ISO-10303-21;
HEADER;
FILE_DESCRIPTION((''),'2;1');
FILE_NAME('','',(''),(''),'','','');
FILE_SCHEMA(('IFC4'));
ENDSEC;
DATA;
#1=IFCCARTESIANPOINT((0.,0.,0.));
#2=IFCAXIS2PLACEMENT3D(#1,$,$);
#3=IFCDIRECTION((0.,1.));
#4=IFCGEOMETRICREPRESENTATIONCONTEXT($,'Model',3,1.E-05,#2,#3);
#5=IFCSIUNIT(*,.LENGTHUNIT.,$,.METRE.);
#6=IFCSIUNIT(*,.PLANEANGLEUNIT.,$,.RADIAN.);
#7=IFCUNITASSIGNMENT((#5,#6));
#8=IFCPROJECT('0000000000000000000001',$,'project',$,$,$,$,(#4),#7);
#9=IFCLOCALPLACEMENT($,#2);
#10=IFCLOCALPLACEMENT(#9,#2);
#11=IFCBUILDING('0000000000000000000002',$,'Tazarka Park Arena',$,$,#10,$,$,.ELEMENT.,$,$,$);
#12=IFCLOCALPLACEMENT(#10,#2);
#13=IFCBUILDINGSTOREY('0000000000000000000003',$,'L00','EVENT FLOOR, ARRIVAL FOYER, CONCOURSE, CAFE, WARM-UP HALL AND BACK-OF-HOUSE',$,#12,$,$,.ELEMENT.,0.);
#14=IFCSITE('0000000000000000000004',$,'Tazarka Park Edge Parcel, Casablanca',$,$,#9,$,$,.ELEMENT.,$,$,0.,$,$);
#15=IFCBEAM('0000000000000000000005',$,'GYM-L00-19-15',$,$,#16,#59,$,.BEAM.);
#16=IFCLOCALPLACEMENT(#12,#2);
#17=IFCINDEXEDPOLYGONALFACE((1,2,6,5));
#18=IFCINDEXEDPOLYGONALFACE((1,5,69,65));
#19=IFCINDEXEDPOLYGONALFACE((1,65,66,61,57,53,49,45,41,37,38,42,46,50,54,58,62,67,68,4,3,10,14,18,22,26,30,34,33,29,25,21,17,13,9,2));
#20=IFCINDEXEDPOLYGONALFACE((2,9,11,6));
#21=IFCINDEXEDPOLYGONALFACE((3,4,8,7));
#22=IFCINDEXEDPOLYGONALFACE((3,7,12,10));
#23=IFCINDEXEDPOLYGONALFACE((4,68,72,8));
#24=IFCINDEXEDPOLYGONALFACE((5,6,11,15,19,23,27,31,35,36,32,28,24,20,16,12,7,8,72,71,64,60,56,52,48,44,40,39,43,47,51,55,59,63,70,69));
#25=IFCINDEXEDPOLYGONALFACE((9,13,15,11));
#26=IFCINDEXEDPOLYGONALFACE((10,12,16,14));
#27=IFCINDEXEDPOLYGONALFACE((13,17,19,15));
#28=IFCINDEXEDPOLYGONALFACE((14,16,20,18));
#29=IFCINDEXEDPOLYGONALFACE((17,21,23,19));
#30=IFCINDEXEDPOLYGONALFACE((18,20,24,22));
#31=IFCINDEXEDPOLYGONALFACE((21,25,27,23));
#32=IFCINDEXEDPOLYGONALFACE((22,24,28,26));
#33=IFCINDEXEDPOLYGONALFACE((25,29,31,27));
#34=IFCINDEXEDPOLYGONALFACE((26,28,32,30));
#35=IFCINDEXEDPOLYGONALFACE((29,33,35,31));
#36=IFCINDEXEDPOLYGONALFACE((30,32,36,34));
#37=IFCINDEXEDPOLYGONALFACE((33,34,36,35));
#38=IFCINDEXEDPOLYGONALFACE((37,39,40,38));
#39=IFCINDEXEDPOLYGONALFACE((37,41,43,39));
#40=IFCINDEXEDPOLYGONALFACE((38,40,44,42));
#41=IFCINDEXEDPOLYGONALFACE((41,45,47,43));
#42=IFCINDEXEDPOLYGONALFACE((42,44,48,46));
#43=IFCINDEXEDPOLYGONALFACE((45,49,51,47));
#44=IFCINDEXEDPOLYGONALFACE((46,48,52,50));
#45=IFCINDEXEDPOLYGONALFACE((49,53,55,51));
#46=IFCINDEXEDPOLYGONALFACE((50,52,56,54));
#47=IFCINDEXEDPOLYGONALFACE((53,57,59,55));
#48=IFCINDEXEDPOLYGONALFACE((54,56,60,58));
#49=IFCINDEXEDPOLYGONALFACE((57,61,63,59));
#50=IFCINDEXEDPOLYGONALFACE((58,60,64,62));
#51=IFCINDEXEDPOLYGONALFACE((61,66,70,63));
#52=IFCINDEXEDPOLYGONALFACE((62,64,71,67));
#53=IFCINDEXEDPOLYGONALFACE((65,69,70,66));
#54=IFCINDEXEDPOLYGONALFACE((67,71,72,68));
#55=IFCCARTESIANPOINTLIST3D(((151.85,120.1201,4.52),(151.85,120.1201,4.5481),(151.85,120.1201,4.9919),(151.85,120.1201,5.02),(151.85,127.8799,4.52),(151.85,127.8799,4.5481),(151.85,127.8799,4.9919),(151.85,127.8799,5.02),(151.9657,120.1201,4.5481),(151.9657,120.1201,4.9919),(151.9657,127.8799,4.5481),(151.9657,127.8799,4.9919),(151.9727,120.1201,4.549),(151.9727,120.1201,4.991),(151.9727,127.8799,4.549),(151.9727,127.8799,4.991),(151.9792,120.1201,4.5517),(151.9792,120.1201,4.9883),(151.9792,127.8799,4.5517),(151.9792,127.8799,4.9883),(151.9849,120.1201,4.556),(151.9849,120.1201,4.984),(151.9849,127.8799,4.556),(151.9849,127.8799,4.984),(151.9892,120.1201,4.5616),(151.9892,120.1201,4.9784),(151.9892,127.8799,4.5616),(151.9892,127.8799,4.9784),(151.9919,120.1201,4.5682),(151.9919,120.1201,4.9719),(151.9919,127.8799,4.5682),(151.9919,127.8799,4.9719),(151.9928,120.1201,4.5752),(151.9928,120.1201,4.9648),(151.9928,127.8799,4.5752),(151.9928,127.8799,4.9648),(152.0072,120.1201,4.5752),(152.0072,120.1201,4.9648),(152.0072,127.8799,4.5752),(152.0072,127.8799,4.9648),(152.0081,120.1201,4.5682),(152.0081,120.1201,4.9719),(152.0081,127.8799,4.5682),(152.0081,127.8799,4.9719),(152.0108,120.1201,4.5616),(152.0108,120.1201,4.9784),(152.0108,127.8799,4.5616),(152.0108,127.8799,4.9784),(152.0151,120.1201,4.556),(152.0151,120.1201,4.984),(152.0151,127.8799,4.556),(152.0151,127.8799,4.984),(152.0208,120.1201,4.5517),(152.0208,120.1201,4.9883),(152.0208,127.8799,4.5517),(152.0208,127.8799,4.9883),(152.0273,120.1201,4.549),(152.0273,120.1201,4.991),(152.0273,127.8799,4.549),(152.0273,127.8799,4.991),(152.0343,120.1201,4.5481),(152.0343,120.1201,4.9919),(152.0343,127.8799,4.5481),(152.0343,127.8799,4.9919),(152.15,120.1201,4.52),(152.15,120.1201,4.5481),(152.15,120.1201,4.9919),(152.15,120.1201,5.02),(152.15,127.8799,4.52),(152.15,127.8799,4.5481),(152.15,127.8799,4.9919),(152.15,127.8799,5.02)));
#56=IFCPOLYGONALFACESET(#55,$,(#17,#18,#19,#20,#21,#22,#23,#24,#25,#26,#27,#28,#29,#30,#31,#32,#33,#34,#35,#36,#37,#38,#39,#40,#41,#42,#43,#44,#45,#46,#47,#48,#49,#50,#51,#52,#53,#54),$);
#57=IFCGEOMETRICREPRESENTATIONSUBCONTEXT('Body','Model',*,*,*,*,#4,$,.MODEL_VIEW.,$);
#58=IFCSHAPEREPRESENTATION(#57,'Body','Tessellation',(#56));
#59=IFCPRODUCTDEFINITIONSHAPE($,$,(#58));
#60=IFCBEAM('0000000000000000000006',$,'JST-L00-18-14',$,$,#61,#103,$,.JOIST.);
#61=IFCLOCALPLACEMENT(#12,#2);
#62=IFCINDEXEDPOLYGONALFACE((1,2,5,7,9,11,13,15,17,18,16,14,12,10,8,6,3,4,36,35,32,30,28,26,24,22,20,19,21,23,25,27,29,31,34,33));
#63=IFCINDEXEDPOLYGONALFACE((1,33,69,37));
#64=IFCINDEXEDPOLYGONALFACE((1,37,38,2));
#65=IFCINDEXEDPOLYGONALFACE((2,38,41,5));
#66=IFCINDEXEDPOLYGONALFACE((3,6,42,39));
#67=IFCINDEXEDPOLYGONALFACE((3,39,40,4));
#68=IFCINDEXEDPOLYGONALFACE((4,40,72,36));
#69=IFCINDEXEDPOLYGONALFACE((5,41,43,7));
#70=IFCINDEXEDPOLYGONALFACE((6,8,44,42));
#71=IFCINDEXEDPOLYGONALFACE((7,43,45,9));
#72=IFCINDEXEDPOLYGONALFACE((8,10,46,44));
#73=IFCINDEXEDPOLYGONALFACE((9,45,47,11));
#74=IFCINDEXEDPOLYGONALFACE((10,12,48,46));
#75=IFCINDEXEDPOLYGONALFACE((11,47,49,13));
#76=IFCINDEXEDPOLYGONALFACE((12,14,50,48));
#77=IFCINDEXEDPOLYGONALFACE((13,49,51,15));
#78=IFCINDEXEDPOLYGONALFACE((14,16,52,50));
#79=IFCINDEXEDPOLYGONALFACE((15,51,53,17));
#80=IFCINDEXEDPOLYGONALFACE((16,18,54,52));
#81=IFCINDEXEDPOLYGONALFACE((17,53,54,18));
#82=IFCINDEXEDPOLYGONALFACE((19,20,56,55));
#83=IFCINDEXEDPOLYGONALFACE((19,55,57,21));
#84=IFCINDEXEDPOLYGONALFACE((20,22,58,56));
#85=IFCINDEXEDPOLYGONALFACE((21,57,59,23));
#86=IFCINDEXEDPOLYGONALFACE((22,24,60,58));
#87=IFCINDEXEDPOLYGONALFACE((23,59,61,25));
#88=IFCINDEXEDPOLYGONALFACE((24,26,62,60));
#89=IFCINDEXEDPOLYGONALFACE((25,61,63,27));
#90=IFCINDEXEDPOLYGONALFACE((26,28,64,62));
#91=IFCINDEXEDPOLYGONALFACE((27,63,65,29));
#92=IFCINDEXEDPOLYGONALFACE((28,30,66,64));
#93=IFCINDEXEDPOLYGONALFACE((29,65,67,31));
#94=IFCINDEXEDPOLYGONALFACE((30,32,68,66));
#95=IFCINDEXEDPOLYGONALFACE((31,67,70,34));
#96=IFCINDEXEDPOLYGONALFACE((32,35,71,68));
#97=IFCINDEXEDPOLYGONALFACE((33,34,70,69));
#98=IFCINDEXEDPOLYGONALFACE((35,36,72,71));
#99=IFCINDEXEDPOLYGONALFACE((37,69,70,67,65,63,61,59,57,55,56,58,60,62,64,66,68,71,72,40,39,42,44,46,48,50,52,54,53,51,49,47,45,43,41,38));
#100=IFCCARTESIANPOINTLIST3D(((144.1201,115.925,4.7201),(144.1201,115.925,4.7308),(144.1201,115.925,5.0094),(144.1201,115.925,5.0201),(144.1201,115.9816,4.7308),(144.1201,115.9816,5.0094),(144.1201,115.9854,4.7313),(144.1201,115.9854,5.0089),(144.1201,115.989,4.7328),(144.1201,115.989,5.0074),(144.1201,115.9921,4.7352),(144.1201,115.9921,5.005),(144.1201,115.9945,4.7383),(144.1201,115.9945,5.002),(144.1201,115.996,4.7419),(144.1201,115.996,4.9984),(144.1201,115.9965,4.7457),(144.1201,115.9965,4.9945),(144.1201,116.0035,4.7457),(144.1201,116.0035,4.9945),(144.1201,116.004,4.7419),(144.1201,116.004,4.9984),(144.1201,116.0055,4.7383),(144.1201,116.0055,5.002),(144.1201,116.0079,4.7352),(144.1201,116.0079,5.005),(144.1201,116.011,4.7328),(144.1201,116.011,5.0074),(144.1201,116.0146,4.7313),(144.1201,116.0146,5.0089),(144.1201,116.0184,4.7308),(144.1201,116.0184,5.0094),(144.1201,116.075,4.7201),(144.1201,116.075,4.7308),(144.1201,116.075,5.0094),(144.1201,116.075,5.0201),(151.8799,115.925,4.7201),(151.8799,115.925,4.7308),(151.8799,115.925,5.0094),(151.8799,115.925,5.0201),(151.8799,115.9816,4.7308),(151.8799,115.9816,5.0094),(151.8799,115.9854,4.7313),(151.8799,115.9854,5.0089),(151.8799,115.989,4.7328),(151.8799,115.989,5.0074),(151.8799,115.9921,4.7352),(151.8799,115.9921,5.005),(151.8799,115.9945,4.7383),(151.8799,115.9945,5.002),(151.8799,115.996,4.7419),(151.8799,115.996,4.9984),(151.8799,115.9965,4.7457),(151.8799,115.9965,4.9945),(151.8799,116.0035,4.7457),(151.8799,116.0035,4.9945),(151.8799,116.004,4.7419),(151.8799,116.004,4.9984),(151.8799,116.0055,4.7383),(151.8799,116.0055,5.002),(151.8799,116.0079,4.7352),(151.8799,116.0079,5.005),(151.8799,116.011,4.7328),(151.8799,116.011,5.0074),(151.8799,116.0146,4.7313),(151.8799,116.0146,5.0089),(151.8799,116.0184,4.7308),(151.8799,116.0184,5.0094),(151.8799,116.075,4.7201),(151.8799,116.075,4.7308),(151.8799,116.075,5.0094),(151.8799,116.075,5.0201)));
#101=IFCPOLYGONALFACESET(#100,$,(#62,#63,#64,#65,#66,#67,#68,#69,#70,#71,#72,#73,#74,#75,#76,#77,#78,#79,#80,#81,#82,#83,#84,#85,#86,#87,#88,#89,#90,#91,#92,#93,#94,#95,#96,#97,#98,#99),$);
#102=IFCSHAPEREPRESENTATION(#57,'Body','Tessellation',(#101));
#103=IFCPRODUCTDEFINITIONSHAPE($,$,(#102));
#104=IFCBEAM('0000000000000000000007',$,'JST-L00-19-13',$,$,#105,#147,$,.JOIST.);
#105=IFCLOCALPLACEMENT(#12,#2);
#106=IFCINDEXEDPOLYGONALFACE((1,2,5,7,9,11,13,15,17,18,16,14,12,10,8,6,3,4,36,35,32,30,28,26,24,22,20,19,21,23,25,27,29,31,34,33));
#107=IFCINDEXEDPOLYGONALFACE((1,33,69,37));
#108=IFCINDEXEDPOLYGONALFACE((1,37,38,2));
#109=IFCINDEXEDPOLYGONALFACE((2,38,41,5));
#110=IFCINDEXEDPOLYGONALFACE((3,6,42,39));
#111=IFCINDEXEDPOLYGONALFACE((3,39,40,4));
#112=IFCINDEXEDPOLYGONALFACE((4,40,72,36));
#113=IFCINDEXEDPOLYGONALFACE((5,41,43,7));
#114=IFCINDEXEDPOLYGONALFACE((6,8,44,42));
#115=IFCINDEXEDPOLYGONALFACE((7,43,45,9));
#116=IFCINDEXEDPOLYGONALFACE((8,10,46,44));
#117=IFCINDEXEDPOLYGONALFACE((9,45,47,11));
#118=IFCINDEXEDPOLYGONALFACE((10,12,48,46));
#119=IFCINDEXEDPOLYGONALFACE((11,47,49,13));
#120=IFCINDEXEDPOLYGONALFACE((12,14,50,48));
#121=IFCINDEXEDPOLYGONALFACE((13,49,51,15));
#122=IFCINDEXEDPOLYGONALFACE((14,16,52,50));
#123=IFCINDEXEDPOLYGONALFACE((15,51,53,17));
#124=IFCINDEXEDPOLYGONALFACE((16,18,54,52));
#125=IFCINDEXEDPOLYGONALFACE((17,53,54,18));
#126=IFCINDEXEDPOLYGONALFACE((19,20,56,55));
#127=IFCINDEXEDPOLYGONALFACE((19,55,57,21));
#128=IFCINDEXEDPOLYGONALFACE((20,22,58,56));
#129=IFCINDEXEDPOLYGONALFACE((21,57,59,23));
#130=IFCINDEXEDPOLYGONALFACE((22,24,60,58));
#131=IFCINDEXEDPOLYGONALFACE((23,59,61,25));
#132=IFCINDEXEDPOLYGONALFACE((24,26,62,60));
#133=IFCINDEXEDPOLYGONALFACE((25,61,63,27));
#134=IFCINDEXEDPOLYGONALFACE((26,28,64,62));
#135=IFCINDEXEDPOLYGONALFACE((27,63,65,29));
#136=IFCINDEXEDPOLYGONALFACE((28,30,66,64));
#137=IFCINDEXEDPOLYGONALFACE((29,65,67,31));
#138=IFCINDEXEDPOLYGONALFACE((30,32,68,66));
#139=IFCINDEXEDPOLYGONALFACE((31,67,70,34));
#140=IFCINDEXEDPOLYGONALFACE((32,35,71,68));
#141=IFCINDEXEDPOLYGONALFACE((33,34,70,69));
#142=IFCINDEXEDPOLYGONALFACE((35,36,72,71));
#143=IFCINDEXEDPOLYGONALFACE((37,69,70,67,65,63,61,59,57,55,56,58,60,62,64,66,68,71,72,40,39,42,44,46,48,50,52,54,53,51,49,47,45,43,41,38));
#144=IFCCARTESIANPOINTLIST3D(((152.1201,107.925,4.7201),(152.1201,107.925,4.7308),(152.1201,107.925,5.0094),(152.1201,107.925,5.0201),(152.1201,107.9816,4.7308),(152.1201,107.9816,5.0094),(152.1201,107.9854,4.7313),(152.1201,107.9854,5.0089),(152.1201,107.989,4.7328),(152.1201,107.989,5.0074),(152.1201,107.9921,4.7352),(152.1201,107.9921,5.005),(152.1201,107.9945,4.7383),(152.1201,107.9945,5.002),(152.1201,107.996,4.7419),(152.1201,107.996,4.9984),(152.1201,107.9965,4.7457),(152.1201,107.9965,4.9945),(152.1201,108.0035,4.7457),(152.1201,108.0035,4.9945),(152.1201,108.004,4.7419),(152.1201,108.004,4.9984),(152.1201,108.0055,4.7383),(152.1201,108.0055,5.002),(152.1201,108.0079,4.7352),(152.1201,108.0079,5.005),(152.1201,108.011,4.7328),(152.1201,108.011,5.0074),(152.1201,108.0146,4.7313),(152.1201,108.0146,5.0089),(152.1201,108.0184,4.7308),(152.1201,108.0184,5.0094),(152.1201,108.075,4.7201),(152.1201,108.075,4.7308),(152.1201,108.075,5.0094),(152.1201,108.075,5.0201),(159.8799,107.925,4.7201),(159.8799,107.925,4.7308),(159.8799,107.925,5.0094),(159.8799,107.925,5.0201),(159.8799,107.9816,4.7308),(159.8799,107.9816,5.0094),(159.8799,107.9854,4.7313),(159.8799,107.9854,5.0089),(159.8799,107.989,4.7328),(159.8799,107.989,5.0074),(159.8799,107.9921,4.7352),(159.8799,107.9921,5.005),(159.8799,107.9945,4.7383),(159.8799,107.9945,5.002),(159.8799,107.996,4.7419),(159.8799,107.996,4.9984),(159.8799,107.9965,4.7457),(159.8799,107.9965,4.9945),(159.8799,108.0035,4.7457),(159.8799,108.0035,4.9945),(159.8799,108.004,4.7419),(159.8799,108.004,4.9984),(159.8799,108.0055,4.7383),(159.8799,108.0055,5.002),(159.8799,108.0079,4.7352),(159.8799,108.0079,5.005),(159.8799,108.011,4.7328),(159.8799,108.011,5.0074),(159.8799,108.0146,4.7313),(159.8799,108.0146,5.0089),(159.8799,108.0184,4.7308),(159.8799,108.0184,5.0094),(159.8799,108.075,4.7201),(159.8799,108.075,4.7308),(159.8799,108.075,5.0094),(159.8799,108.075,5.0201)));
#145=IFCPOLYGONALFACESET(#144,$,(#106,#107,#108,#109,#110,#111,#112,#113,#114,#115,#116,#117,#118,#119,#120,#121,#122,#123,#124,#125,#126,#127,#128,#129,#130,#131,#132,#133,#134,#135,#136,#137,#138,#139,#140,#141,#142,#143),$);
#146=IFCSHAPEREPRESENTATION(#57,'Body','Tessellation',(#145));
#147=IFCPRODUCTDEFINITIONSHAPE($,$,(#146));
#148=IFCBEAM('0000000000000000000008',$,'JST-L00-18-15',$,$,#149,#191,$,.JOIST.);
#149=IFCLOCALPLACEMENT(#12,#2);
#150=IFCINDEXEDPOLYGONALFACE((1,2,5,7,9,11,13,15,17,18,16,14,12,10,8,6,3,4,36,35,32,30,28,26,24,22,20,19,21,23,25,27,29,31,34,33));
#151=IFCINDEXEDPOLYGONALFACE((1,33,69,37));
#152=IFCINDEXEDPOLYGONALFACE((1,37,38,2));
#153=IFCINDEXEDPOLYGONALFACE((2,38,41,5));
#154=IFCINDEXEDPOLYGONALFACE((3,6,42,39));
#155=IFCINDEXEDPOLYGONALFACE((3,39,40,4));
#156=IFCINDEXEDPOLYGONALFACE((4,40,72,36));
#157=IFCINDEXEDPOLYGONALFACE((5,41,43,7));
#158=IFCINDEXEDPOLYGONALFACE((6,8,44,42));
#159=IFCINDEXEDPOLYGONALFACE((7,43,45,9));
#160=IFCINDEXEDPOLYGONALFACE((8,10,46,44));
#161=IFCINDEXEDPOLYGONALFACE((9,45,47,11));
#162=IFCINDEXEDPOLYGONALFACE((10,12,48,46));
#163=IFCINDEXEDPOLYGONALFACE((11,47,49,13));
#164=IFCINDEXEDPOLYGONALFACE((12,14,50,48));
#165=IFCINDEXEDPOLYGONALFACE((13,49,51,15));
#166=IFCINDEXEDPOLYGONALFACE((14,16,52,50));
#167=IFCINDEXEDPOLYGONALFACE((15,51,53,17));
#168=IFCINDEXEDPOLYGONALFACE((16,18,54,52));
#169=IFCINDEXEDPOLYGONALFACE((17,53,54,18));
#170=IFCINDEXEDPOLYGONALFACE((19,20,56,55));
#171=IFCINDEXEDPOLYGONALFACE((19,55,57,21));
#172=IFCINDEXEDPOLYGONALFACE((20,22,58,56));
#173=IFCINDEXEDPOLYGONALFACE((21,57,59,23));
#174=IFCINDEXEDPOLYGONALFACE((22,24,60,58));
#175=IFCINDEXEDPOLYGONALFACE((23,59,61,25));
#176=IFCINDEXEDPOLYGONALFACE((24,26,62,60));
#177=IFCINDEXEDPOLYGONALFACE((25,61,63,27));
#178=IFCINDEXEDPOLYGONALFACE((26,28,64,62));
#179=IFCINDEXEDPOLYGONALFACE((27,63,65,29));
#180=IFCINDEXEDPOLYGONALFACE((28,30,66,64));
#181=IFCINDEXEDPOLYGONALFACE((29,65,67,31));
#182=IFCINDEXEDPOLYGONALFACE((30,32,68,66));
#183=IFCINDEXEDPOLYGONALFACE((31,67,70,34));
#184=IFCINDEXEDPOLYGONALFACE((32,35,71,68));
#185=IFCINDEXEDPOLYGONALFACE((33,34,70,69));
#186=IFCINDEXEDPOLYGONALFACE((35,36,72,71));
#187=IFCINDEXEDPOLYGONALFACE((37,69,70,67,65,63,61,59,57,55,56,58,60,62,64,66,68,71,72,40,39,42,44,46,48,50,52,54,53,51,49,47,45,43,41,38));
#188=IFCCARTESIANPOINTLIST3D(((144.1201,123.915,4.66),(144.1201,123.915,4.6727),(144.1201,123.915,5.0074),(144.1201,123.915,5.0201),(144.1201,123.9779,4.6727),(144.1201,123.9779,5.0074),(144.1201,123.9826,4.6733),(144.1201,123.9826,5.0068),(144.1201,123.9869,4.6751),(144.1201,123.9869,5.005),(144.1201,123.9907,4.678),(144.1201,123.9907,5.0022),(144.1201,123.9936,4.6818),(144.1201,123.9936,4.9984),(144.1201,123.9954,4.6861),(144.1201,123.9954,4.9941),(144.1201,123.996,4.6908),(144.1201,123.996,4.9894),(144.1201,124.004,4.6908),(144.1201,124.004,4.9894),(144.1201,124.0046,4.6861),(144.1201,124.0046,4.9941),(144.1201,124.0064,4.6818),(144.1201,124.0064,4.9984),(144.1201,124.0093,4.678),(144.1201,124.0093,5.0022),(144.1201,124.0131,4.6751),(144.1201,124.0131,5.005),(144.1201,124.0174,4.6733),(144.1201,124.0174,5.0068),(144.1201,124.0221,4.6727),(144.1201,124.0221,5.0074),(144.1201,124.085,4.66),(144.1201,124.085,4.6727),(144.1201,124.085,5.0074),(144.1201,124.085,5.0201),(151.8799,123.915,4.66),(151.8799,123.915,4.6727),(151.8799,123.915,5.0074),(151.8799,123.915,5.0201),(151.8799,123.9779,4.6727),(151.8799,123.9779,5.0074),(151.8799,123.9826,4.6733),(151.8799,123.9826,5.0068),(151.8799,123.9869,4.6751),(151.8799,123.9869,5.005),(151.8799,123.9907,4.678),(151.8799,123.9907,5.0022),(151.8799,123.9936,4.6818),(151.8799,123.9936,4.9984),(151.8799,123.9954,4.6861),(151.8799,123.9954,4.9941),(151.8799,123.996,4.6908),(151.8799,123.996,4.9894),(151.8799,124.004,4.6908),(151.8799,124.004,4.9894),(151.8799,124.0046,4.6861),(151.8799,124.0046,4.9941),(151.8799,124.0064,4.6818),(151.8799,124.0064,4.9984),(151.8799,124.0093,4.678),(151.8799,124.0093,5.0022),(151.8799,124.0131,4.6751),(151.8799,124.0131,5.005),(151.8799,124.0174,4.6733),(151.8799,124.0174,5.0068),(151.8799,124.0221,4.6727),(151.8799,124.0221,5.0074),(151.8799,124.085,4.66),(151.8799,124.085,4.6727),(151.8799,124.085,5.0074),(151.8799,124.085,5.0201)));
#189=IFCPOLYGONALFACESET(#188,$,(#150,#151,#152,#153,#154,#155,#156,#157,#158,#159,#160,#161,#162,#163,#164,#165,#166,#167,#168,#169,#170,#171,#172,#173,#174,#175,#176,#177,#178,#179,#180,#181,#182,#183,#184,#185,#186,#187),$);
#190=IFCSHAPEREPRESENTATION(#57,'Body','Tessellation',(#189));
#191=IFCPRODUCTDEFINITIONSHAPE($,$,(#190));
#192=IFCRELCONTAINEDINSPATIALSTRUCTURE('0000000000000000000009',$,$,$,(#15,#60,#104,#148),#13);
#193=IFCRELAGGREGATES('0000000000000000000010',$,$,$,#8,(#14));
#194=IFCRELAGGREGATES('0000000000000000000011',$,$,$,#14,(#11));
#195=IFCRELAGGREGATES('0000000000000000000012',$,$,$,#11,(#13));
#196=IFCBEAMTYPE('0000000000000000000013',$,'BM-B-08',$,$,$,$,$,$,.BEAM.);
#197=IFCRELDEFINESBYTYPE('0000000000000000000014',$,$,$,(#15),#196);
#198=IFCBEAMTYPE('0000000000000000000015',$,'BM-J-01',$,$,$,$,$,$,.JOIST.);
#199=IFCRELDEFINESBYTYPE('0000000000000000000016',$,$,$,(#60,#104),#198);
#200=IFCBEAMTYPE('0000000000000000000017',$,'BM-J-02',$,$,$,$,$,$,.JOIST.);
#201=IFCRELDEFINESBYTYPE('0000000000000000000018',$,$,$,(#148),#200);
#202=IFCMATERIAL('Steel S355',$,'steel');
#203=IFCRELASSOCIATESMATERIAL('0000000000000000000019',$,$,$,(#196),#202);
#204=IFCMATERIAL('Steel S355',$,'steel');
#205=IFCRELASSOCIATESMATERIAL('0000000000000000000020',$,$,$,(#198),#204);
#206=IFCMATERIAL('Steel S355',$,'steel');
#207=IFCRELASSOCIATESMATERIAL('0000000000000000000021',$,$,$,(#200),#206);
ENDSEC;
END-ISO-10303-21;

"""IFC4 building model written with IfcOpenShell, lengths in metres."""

from ifc_helpers import new_model, si_unit, direction, frame, origin, origin_2d, place, context, subcontext, project, spatial, i_section, extrude, material, material_profile, profile_set, type_object, element, save


model = new_model("IFC4")

# Units and contexts
model_context = context("Model", 3, precision=1e-05, world=origin(), true_north=direction((0.0, 1.0)))
body_context = subcontext(model_context, "Body", "Model", "MODEL_VIEW")
ifc_project = project(units=[si_unit("LENGTHUNIT", "METRE"), si_unit("PLANEANGLEUNIT", "RADIAN")], contexts=[model_context])

# Site, building, storey
site_placement = place(None, origin())
site = spatial("IfcSite", under=ifc_project, at=site_placement, Name="Tazarka Park Edge Parcel, Casablanca", CompositionType="ELEMENT", RefElevation=0.0)
building_placement = place(site_placement, origin())
building = spatial("IfcBuilding", under=site, at=building_placement, Name="Tazarka Park Arena", CompositionType="ELEMENT")
storey_placement = place(building_placement, origin())
storey = spatial("IfcBuildingStorey", under=building, at=storey_placement, Name="L00", Description="EVENT FLOOR, ARRIVAL FOYER, CONCOURSE, CAFE, WARM-UP HALL AND BACK-OF-HOUSE", CompositionType="ELEMENT", Elevation=0.0)

# Beams
ifc_material_1 = material(Name="Steel S355", Category="steel")
ifc_material_profile_1 = material_profile(ifc_material_1, i_section(OverallWidth=0.3, OverallDepth=0.5, WebThickness=0.0144, FlangeThickness=0.0281, FilletRadius=0.0271, at=origin_2d()), Name="Steel S355")
ifc_profile_set_1 = profile_set([ifc_material_profile_1], Name="Steel S355")
beam_type_1 = type_object("IfcBeamType", Name="BM-B-08", PredefinedType="BEAM", material=ifc_profile_set_1)
for number, where, z_axis, x_axis, name in (
    (1, (152.0, 120.1201, 4.77), (0.0, 1.0, 0.0), (-1.0, 0.0, 0.0), "GYM-L00-19-15"),
):
    element("IfcBeam", number, at=place(storey_placement, frame(where, z_axis=z_axis, x_axis=x_axis)), inside=storey, type_object=beam_type_1, Name=name, PredefinedType="BEAM", context=body_context, shape_type="SweptSolid", body=[
        extrude(i_section(OverallWidth=0.3, OverallDepth=0.5, WebThickness=0.0144, FlangeThickness=0.0281, FilletRadius=0.0271, at=origin_2d()), origin(), (0.0, 0.0, 1.0), 7.7598),
    ])
ifc_material_2 = material(Name="Steel S355", Category="steel")
ifc_material_profile_2 = material_profile(ifc_material_2, i_section(OverallWidth=0.1499, OverallDepth=0.3, WebThickness=0.0071, FlangeThickness=0.0107, FilletRadius=0.0149, at=origin_2d()), Name="Steel S355")
ifc_profile_set_2 = profile_set([ifc_material_profile_2], Name="Steel S355")
beam_type_2 = type_object("IfcBeamType", Name="BM-J-01", PredefinedType="JOIST", material=ifc_profile_set_2)
for number, where, z_axis, x_axis, name in (
    (2, (144.1201, 116.0, 4.8701), (1.0, 0.0, 0.0), (0.0, 1.0, 0.0), "JST-L00-18-14"),
    (3, (152.1201, 108.0, 4.8701), (1.0, 0.0, 0.0), (0.0, 1.0, 0.0), "JST-L00-19-13"),
):
    element("IfcBeam", number, at=place(storey_placement, frame(where, z_axis=z_axis, x_axis=x_axis)), inside=storey, type_object=beam_type_2, Name=name, PredefinedType="JOIST", context=body_context, shape_type="SweptSolid", body=[
        extrude(i_section(OverallWidth=0.1499, OverallDepth=0.3, WebThickness=0.0071, FlangeThickness=0.0107, FilletRadius=0.0149, at=origin_2d()), origin(), (0.0, 0.0, 1.0), 7.7598),
    ])
ifc_material_3 = material(Name="Steel S355", Category="steel")
ifc_material_profile_3 = material_profile(ifc_material_3, i_section(OverallWidth=0.1699, OverallDepth=0.3601, WebThickness=0.0081, FlangeThickness=0.0127, FilletRadius=0.0181, at=origin_2d()), Name="Steel S355")
ifc_profile_set_3 = profile_set([ifc_material_profile_3], Name="Steel S355")
beam_type_3 = type_object("IfcBeamType", Name="BM-J-02", PredefinedType="JOIST", material=ifc_profile_set_3)
for number, where, z_axis, x_axis, name in (
    (4, (144.1201, 124.0, 4.8401), (1.0, 0.0, 0.0), (0.0, 1.0, 0.0), "JST-L00-18-15"),
):
    element("IfcBeam", number, at=place(storey_placement, frame(where, z_axis=z_axis, x_axis=x_axis)), inside=storey, type_object=beam_type_3, Name=name, PredefinedType="JOIST", context=body_context, shape_type="SweptSolid", body=[
        extrude(i_section(OverallWidth=0.1699, OverallDepth=0.3601, WebThickness=0.0081, FlangeThickness=0.0127, FilletRadius=0.0181, at=origin_2d()), origin(), (0.0, 0.0, 1.0), 7.7598),
    ])

save(model, "model.ifc")
